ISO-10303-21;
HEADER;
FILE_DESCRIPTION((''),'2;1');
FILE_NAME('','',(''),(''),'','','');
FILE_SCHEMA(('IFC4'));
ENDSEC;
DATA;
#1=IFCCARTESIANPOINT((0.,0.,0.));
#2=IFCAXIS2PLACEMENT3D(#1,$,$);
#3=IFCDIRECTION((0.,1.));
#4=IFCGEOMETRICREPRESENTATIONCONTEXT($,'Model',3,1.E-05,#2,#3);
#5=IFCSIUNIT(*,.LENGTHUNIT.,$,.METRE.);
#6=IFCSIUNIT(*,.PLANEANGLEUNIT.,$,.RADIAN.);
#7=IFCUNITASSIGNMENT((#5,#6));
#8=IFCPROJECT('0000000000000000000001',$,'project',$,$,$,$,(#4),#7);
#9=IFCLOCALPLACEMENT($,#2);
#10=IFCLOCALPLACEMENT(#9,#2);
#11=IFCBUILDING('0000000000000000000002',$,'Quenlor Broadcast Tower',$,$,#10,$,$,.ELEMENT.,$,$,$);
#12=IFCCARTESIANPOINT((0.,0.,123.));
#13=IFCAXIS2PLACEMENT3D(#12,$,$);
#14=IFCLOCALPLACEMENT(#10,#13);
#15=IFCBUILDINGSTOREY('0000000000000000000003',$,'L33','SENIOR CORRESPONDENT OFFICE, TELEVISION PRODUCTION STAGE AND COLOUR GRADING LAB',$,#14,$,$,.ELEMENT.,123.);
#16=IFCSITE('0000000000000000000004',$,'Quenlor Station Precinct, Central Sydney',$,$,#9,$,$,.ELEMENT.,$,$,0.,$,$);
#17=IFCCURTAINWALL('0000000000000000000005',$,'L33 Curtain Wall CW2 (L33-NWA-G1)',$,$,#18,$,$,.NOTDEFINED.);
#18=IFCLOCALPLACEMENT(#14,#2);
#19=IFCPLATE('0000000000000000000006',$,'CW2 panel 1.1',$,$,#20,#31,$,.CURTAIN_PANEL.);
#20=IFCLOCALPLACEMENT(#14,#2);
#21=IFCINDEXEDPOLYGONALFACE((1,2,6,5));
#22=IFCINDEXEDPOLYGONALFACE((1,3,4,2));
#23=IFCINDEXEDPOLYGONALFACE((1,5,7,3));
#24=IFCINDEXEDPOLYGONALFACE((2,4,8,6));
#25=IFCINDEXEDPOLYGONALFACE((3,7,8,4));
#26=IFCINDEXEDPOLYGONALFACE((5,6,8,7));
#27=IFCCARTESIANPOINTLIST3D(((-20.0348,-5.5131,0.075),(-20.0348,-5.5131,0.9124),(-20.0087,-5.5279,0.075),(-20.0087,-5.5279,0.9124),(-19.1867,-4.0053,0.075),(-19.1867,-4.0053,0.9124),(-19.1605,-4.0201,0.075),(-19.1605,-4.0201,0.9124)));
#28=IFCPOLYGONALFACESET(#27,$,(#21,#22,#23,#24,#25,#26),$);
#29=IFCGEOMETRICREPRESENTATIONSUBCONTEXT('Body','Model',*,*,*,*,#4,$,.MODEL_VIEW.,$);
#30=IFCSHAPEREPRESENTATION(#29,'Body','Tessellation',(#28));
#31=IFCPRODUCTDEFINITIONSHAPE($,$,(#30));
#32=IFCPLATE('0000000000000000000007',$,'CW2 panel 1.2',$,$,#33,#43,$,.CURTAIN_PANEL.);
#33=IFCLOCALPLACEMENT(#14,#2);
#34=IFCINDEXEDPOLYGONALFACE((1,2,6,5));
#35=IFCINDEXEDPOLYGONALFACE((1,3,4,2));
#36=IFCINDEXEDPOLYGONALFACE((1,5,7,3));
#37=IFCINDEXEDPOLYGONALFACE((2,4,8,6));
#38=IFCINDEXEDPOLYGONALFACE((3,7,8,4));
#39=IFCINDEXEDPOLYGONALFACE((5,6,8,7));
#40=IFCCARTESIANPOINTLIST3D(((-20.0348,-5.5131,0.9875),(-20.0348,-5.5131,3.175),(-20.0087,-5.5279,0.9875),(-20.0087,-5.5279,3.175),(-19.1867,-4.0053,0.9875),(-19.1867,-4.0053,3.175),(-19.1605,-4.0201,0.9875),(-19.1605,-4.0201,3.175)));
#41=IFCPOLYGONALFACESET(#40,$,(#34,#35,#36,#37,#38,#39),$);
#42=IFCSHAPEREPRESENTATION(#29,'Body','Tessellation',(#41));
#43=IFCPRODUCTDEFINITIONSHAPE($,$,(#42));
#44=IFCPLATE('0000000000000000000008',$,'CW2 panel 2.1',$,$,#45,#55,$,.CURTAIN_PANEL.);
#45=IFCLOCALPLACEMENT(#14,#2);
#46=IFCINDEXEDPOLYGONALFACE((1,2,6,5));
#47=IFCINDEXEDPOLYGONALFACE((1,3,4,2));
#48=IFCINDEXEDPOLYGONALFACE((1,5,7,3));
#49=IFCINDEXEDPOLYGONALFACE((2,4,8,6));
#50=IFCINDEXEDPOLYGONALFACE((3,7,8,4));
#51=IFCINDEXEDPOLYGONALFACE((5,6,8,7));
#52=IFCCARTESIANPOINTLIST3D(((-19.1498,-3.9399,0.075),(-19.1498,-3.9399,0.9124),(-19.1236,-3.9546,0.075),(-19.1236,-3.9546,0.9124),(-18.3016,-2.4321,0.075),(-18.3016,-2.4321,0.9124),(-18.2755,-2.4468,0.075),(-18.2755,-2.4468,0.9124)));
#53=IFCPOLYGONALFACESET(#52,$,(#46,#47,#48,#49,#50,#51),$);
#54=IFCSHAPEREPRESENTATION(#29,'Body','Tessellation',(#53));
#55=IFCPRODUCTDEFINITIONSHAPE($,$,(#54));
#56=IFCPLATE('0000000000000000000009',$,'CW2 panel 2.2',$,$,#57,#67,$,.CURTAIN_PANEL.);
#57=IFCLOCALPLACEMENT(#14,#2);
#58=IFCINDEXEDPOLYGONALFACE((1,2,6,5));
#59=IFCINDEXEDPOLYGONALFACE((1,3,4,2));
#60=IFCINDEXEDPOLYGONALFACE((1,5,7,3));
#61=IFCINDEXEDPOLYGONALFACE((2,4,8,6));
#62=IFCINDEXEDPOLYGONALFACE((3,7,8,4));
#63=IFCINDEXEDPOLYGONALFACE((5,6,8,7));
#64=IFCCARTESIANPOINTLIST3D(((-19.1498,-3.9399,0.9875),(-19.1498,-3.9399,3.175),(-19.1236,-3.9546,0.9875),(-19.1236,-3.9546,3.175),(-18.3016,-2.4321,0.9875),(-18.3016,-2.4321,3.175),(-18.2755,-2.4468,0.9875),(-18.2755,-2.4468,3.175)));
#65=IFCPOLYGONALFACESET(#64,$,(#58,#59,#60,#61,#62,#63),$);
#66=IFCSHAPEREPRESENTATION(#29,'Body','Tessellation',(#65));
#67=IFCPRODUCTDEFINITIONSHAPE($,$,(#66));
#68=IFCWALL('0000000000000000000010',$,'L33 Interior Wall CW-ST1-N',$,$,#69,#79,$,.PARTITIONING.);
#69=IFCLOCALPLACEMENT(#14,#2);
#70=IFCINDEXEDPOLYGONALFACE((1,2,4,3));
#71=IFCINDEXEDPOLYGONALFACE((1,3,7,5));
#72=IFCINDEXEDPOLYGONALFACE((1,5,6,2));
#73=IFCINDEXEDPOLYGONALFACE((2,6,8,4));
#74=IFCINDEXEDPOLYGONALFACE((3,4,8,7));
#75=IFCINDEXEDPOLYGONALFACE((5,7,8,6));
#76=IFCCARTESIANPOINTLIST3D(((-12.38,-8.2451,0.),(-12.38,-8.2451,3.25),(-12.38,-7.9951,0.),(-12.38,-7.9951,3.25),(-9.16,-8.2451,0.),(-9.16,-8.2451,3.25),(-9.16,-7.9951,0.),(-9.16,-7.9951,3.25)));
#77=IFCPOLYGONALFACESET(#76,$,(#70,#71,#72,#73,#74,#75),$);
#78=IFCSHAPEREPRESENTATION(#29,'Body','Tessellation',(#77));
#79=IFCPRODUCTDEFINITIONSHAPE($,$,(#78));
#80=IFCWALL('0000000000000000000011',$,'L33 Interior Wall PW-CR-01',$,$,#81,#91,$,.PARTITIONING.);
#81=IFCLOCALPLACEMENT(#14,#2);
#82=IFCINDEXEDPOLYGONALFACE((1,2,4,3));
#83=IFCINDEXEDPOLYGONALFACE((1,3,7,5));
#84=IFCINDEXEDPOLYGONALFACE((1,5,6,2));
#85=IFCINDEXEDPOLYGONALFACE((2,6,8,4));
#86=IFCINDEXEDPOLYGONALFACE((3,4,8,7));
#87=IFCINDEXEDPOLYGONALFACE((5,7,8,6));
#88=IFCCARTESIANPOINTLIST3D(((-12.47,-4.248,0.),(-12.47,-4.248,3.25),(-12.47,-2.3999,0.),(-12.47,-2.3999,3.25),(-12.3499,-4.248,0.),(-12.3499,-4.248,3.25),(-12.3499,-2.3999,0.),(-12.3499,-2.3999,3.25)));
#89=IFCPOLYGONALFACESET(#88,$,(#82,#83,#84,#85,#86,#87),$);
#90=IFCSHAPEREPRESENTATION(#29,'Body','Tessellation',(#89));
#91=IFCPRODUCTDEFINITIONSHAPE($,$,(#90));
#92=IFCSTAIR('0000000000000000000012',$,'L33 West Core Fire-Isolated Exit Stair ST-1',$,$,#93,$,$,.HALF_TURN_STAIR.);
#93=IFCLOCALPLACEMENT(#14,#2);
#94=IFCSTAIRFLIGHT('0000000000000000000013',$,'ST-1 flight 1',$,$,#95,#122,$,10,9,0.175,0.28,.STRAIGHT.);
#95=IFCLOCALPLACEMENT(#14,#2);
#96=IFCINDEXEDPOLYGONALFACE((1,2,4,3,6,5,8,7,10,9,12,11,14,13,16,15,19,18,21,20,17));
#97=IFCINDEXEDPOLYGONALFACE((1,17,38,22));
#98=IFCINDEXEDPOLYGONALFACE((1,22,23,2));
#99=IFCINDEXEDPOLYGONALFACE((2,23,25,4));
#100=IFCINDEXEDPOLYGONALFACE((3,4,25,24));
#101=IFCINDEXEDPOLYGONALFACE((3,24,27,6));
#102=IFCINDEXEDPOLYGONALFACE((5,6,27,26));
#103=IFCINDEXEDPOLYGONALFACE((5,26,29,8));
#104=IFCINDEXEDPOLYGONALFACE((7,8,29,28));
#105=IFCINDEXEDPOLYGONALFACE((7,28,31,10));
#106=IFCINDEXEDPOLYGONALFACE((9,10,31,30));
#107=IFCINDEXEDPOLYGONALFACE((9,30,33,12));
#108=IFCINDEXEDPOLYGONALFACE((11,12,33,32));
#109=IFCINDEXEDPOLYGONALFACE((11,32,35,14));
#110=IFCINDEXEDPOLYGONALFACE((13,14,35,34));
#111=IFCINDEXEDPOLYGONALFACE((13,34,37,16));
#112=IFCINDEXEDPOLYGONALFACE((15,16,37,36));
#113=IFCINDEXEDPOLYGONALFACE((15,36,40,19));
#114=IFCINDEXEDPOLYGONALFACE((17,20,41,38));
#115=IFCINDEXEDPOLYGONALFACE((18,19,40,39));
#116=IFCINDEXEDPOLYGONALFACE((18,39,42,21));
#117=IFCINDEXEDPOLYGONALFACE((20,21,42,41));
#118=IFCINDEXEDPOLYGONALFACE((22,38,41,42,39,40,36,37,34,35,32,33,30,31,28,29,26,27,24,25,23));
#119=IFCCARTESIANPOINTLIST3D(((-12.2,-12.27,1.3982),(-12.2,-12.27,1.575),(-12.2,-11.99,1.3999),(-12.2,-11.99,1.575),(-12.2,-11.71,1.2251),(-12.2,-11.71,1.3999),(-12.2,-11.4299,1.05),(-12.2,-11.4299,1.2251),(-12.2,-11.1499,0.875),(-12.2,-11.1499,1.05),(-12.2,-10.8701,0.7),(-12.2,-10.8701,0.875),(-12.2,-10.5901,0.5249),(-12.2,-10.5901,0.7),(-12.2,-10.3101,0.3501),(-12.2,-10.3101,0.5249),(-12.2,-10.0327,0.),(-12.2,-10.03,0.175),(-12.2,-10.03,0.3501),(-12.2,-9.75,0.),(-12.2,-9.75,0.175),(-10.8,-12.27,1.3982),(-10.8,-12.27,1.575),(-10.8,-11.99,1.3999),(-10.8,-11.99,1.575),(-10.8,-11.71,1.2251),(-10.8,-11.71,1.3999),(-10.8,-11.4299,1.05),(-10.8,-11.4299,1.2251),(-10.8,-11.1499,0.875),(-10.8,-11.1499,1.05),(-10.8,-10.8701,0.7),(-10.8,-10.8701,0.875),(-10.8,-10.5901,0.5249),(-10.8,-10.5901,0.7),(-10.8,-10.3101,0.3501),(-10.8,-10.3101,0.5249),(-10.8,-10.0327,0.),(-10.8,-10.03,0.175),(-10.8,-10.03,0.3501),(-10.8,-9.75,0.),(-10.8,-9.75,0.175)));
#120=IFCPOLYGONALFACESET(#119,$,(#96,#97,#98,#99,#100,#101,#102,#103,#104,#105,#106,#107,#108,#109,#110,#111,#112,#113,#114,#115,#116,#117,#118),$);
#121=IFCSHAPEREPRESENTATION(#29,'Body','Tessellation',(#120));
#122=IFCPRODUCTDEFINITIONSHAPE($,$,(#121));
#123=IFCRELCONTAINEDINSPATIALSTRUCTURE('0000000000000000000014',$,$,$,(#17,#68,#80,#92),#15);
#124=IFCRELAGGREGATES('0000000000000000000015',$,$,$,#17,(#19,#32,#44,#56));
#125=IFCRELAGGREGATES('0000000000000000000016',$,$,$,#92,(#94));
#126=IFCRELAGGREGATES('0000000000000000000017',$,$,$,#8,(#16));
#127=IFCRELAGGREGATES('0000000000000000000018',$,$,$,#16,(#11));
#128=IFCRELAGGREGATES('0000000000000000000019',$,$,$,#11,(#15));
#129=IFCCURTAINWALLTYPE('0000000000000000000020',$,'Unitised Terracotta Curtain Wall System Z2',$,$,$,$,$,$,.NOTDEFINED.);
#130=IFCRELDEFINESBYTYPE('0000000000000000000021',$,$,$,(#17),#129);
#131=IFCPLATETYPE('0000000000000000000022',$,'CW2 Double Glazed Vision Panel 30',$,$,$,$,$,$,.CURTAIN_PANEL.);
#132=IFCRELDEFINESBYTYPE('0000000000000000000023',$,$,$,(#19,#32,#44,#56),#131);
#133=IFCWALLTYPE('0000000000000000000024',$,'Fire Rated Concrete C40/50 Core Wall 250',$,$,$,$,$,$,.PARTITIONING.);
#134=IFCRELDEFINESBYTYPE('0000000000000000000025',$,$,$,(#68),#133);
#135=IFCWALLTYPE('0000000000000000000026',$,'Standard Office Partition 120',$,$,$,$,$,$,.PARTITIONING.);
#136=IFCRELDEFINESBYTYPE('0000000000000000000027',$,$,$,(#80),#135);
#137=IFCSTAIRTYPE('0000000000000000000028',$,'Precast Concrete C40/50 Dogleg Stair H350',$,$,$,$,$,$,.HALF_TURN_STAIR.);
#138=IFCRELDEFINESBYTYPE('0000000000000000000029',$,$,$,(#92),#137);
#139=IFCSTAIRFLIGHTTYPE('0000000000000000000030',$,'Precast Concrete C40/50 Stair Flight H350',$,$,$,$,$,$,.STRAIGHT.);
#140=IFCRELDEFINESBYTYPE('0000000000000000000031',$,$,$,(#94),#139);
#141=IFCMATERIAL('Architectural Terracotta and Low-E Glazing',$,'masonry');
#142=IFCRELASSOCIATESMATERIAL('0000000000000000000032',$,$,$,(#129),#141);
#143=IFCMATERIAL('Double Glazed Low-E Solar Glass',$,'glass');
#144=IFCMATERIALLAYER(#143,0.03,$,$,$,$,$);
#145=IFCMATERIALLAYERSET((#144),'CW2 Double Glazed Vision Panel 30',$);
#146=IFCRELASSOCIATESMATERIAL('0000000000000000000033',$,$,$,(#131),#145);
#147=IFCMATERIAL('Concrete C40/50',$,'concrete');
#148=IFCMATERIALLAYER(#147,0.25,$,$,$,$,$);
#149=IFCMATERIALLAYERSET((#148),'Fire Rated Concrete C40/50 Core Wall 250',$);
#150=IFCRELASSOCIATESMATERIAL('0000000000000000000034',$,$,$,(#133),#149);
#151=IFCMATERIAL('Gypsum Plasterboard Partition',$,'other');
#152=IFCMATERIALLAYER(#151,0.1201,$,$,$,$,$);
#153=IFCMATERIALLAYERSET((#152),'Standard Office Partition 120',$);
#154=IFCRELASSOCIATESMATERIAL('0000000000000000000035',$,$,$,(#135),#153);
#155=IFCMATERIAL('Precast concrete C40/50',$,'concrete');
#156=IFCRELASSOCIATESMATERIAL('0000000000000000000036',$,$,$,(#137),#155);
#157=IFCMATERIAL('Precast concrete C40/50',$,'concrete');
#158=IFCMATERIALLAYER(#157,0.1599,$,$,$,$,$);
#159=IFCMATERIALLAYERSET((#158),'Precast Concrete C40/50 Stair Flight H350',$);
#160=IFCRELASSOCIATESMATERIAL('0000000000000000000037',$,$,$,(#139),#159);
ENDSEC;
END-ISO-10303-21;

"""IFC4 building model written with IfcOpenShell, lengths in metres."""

from ifc_helpers import new_model, si_unit, direction, frame, frame_2d, origin, origin_2d, place, context, subcontext, project, spatial, polyline, rectangle, outline, extrude, material, layer, layer_set, type_object, element, aggregate, save


model = new_model("IFC4")

# Units and contexts
model_context = context("Model", 3, precision=1e-05, world=origin(), true_north=direction((0.0, 1.0)))
body_context = subcontext(model_context, "Body", "Model", "MODEL_VIEW")
ifc_project = project(units=[si_unit("LENGTHUNIT", "METRE"), si_unit("PLANEANGLEUNIT", "RADIAN")], contexts=[model_context])

# Site, building, storey
site_placement = place(None, origin())
site = spatial("IfcSite", under=ifc_project, at=site_placement, Name="Quenlor Station Precinct, Central Sydney", CompositionType="ELEMENT", RefElevation=0.0)
building_placement = place(site_placement, origin())
building = spatial("IfcBuilding", under=site, at=building_placement, Name="Quenlor Broadcast Tower", CompositionType="ELEMENT")
storey_placement = place(building_placement, frame((0.0, 0.0, 123.0)))
storey = spatial("IfcBuildingStorey", under=building, at=storey_placement, Name="L33", Description="SENIOR CORRESPONDENT OFFICE, TELEVISION PRODUCTION STAGE AND COLOUR GRADING LAB", CompositionType="ELEMENT", Elevation=123.0)

# Curtain wall
ifc_material_1 = material(Name="Architectural Terracotta and Low-E Glazing", Category="masonry")
curtain_wall_type = type_object("IfcCurtainWallType", Name="Unitised Terracotta Curtain Wall System Z2", PredefinedType="NOTDEFINED", material=ifc_material_1)
curtain_wall_placement = place(storey_placement, origin())
curtain_wall = element("IfcCurtainWall", 1, at=curtain_wall_placement, inside=storey, type_object=curtain_wall_type, Name="L33 Curtain Wall CW2 (L33-NWA-G1)", PredefinedType="NOTDEFINED")

# Plates
ifc_material_2 = material(Name="Double Glazed Low-E Solar Glass", Category="glass")
ifc_layer_1 = layer(ifc_material_2, 0.03)
ifc_layer_set_1 = layer_set([ifc_layer_1], Name="CW2 Double Glazed Vision Panel 30")
plate_type = type_object("IfcPlateType", Name="CW2 Double Glazed Vision Panel 30", PredefinedType="CURTAIN_PANEL", material=ifc_layer_set_1)
plate_1_placement = place(storey_placement, frame((-19.5977, -4.7666, 0.075), z_axis=(0.0, 0.0, 1.0), x_axis=(0.490277, 0.871567, 0.0)))
plate_1 = element("IfcPlate", 2, at=plate_1_placement, type_object=plate_type, Name="CW2 panel 1.1", PredefinedType="CURTAIN_PANEL", context=body_context, shape_type="SweptSolid", body=[
    extrude(rectangle(XDim=1.73, YDim=0.03, at=origin_2d()), origin(), (0.0, 0.0, 1.0), 0.8374),
])
plate_2_placement = place(storey_placement, frame((-19.5977, -4.7666, 0.9875), z_axis=(0.0, 0.0, 1.0), x_axis=(0.490277, 0.871567, 0.0)))
plate_2 = element("IfcPlate", 3, at=plate_2_placement, type_object=plate_type, Name="CW2 panel 1.2", PredefinedType="CURTAIN_PANEL", context=body_context, shape_type="SweptSolid", body=[
    extrude(rectangle(XDim=1.73, YDim=0.03, at=origin_2d()), origin(), (0.0, 0.0, 1.0), 2.1875),
])
plate_3_placement = place(storey_placement, frame((-18.7126, -3.1934, 0.075), z_axis=(0.0, 0.0, 1.0), x_axis=(0.490277, 0.871567, 0.0)))
plate_3 = element("IfcPlate", 4, at=plate_3_placement, type_object=plate_type, Name="CW2 panel 2.1", PredefinedType="CURTAIN_PANEL", context=body_context, shape_type="SweptSolid", body=[
    extrude(rectangle(XDim=1.73, YDim=0.03, at=origin_2d()), origin(), (0.0, 0.0, 1.0), 0.8374),
])
plate_4_placement = place(storey_placement, frame((-18.7126, -3.1934, 0.9875), z_axis=(0.0, 0.0, 1.0), x_axis=(0.490277, 0.871567, 0.0)))
plate_4 = element("IfcPlate", 5, at=plate_4_placement, type_object=plate_type, Name="CW2 panel 2.2", PredefinedType="CURTAIN_PANEL", context=body_context, shape_type="SweptSolid", body=[
    extrude(rectangle(XDim=1.73, YDim=0.03, at=origin_2d()), origin(), (0.0, 0.0, 1.0), 2.1875),
])
aggregate(curtain_wall, [plate_1, plate_2, plate_3, plate_4])

# Wall
ifc_material_3 = material(Name="Concrete C40/50", Category="concrete")
ifc_layer_2 = layer(ifc_material_3, 0.25)
ifc_layer_set_2 = layer_set([ifc_layer_2], Name="Fire Rated Concrete C40/50 Core Wall 250")
wall_type_1 = type_object("IfcWallType", Name="Fire Rated Concrete C40/50 Core Wall 250", PredefinedType="PARTITIONING", material=ifc_layer_set_2)
wall_1_placement = place(storey_placement, frame((-12.3799, -8.1201, 0.0), z_axis=(0.0, 0.0, 1.0), x_axis=(1.0, 0.0, 0.0)))
element("IfcWall", 6, at=wall_1_placement, inside=storey, type_object=wall_type_1, Name="L33 Interior Wall CW-ST1-N", PredefinedType="PARTITIONING", context=body_context, shape_type="SweptSolid", body=[
    extrude(rectangle(XDim=3.22, YDim=0.25, at=frame_2d((1.6099, 0.0))), origin(), (0.0, 0.0, 1.0), 3.25),
])

# Wall
ifc_material_4 = material(Name="Gypsum Plasterboard Partition", Category="other")
ifc_layer_3 = layer(ifc_material_4, 0.1201)
ifc_layer_set_3 = layer_set([ifc_layer_3], Name="Standard Office Partition 120")
wall_type_2 = type_object("IfcWallType", Name="Standard Office Partition 120", PredefinedType="PARTITIONING", material=ifc_layer_set_3)
wall_2_placement = place(storey_placement, frame((-12.4099, -4.248, 0.0), z_axis=(0.0, 0.0, 1.0), x_axis=(0.0, 1.0, 0.0)))
element("IfcWall", 7, at=wall_2_placement, inside=storey, type_object=wall_type_2, Name="L33 Interior Wall PW-CR-01", PredefinedType="PARTITIONING", context=body_context, shape_type="SweptSolid", body=[
    extrude(rectangle(XDim=1.8481, YDim=0.1201, at=frame_2d((0.9241, 0.0))), origin(), (0.0, 0.0, 1.0), 3.25),
])

# Stair, stair flight
ifc_material_5 = material(Name="Precast concrete C40/50", Category="concrete")
stair_type = type_object("IfcStairType", Name="Precast Concrete C40/50 Dogleg Stair H350", PredefinedType="HALF_TURN_STAIR", material=ifc_material_5)
stair_placement = place(storey_placement, origin())
stair = element("IfcStair", 8, at=stair_placement, inside=storey, type_object=stair_type, Name="L33 West Core Fire-Isolated Exit Stair ST-1", PredefinedType="HALF_TURN_STAIR")
ifc_material_6 = material(Name="Precast concrete C40/50", Category="concrete")
ifc_layer_4 = layer(ifc_material_6, 0.1599)
ifc_layer_set_4 = layer_set([ifc_layer_4], Name="Precast Concrete C40/50 Stair Flight H350")
stair_flight_type = type_object("IfcStairFlightType", Name="Precast Concrete C40/50 Stair Flight H350", PredefinedType="STRAIGHT", material=ifc_layer_set_4)
stair_flight_placement = place(storey_placement, frame((-11.5, -9.75, 0.0), z_axis=(0.0, 0.0, 1.0), x_axis=(0.0, -1.0, 0.0)))
stair_flight = element("IfcStairFlight", 9, at=stair_flight_placement, type_object=stair_flight_type, Name="ST-1 flight 1", NumberOfRisers=10, NumberOfTreads=9, PredefinedType="STRAIGHT", RiserHeight=0.175, TreadLength=0.28, context=body_context, shape_type="SweptSolid", body=[
    extrude(outline(polyline([(0.0, 0.0), (0.0, 0.175), (0.28, 0.175), (0.28, 0.3501), (0.5601, 0.3501), (0.5601, 0.5249), (0.8401, 0.5249), (0.8401, 0.7), (1.1201, 0.7), (1.1201, 0.875), (1.3999, 0.875), (1.3999, 1.05), (1.6799, 1.05), (1.6799, 1.2251), (1.96, 1.2251), (1.96, 1.3999), (2.24, 1.3999), (2.24, 1.575), (2.52, 1.575), (2.52, 1.75), (2.52, 1.3982), (0.2827, 0.0), (0.0, 0.0)])), frame((0.0, 0.7, 0.0), z_axis=(0.0, -1.0, 0.0), x_axis=(1.0, 0.0, 0.0)), (0.0, 0.0, 1.0), 1.3999),
])
aggregate(stair, [stair_flight])

save(model, "model.ifc")
